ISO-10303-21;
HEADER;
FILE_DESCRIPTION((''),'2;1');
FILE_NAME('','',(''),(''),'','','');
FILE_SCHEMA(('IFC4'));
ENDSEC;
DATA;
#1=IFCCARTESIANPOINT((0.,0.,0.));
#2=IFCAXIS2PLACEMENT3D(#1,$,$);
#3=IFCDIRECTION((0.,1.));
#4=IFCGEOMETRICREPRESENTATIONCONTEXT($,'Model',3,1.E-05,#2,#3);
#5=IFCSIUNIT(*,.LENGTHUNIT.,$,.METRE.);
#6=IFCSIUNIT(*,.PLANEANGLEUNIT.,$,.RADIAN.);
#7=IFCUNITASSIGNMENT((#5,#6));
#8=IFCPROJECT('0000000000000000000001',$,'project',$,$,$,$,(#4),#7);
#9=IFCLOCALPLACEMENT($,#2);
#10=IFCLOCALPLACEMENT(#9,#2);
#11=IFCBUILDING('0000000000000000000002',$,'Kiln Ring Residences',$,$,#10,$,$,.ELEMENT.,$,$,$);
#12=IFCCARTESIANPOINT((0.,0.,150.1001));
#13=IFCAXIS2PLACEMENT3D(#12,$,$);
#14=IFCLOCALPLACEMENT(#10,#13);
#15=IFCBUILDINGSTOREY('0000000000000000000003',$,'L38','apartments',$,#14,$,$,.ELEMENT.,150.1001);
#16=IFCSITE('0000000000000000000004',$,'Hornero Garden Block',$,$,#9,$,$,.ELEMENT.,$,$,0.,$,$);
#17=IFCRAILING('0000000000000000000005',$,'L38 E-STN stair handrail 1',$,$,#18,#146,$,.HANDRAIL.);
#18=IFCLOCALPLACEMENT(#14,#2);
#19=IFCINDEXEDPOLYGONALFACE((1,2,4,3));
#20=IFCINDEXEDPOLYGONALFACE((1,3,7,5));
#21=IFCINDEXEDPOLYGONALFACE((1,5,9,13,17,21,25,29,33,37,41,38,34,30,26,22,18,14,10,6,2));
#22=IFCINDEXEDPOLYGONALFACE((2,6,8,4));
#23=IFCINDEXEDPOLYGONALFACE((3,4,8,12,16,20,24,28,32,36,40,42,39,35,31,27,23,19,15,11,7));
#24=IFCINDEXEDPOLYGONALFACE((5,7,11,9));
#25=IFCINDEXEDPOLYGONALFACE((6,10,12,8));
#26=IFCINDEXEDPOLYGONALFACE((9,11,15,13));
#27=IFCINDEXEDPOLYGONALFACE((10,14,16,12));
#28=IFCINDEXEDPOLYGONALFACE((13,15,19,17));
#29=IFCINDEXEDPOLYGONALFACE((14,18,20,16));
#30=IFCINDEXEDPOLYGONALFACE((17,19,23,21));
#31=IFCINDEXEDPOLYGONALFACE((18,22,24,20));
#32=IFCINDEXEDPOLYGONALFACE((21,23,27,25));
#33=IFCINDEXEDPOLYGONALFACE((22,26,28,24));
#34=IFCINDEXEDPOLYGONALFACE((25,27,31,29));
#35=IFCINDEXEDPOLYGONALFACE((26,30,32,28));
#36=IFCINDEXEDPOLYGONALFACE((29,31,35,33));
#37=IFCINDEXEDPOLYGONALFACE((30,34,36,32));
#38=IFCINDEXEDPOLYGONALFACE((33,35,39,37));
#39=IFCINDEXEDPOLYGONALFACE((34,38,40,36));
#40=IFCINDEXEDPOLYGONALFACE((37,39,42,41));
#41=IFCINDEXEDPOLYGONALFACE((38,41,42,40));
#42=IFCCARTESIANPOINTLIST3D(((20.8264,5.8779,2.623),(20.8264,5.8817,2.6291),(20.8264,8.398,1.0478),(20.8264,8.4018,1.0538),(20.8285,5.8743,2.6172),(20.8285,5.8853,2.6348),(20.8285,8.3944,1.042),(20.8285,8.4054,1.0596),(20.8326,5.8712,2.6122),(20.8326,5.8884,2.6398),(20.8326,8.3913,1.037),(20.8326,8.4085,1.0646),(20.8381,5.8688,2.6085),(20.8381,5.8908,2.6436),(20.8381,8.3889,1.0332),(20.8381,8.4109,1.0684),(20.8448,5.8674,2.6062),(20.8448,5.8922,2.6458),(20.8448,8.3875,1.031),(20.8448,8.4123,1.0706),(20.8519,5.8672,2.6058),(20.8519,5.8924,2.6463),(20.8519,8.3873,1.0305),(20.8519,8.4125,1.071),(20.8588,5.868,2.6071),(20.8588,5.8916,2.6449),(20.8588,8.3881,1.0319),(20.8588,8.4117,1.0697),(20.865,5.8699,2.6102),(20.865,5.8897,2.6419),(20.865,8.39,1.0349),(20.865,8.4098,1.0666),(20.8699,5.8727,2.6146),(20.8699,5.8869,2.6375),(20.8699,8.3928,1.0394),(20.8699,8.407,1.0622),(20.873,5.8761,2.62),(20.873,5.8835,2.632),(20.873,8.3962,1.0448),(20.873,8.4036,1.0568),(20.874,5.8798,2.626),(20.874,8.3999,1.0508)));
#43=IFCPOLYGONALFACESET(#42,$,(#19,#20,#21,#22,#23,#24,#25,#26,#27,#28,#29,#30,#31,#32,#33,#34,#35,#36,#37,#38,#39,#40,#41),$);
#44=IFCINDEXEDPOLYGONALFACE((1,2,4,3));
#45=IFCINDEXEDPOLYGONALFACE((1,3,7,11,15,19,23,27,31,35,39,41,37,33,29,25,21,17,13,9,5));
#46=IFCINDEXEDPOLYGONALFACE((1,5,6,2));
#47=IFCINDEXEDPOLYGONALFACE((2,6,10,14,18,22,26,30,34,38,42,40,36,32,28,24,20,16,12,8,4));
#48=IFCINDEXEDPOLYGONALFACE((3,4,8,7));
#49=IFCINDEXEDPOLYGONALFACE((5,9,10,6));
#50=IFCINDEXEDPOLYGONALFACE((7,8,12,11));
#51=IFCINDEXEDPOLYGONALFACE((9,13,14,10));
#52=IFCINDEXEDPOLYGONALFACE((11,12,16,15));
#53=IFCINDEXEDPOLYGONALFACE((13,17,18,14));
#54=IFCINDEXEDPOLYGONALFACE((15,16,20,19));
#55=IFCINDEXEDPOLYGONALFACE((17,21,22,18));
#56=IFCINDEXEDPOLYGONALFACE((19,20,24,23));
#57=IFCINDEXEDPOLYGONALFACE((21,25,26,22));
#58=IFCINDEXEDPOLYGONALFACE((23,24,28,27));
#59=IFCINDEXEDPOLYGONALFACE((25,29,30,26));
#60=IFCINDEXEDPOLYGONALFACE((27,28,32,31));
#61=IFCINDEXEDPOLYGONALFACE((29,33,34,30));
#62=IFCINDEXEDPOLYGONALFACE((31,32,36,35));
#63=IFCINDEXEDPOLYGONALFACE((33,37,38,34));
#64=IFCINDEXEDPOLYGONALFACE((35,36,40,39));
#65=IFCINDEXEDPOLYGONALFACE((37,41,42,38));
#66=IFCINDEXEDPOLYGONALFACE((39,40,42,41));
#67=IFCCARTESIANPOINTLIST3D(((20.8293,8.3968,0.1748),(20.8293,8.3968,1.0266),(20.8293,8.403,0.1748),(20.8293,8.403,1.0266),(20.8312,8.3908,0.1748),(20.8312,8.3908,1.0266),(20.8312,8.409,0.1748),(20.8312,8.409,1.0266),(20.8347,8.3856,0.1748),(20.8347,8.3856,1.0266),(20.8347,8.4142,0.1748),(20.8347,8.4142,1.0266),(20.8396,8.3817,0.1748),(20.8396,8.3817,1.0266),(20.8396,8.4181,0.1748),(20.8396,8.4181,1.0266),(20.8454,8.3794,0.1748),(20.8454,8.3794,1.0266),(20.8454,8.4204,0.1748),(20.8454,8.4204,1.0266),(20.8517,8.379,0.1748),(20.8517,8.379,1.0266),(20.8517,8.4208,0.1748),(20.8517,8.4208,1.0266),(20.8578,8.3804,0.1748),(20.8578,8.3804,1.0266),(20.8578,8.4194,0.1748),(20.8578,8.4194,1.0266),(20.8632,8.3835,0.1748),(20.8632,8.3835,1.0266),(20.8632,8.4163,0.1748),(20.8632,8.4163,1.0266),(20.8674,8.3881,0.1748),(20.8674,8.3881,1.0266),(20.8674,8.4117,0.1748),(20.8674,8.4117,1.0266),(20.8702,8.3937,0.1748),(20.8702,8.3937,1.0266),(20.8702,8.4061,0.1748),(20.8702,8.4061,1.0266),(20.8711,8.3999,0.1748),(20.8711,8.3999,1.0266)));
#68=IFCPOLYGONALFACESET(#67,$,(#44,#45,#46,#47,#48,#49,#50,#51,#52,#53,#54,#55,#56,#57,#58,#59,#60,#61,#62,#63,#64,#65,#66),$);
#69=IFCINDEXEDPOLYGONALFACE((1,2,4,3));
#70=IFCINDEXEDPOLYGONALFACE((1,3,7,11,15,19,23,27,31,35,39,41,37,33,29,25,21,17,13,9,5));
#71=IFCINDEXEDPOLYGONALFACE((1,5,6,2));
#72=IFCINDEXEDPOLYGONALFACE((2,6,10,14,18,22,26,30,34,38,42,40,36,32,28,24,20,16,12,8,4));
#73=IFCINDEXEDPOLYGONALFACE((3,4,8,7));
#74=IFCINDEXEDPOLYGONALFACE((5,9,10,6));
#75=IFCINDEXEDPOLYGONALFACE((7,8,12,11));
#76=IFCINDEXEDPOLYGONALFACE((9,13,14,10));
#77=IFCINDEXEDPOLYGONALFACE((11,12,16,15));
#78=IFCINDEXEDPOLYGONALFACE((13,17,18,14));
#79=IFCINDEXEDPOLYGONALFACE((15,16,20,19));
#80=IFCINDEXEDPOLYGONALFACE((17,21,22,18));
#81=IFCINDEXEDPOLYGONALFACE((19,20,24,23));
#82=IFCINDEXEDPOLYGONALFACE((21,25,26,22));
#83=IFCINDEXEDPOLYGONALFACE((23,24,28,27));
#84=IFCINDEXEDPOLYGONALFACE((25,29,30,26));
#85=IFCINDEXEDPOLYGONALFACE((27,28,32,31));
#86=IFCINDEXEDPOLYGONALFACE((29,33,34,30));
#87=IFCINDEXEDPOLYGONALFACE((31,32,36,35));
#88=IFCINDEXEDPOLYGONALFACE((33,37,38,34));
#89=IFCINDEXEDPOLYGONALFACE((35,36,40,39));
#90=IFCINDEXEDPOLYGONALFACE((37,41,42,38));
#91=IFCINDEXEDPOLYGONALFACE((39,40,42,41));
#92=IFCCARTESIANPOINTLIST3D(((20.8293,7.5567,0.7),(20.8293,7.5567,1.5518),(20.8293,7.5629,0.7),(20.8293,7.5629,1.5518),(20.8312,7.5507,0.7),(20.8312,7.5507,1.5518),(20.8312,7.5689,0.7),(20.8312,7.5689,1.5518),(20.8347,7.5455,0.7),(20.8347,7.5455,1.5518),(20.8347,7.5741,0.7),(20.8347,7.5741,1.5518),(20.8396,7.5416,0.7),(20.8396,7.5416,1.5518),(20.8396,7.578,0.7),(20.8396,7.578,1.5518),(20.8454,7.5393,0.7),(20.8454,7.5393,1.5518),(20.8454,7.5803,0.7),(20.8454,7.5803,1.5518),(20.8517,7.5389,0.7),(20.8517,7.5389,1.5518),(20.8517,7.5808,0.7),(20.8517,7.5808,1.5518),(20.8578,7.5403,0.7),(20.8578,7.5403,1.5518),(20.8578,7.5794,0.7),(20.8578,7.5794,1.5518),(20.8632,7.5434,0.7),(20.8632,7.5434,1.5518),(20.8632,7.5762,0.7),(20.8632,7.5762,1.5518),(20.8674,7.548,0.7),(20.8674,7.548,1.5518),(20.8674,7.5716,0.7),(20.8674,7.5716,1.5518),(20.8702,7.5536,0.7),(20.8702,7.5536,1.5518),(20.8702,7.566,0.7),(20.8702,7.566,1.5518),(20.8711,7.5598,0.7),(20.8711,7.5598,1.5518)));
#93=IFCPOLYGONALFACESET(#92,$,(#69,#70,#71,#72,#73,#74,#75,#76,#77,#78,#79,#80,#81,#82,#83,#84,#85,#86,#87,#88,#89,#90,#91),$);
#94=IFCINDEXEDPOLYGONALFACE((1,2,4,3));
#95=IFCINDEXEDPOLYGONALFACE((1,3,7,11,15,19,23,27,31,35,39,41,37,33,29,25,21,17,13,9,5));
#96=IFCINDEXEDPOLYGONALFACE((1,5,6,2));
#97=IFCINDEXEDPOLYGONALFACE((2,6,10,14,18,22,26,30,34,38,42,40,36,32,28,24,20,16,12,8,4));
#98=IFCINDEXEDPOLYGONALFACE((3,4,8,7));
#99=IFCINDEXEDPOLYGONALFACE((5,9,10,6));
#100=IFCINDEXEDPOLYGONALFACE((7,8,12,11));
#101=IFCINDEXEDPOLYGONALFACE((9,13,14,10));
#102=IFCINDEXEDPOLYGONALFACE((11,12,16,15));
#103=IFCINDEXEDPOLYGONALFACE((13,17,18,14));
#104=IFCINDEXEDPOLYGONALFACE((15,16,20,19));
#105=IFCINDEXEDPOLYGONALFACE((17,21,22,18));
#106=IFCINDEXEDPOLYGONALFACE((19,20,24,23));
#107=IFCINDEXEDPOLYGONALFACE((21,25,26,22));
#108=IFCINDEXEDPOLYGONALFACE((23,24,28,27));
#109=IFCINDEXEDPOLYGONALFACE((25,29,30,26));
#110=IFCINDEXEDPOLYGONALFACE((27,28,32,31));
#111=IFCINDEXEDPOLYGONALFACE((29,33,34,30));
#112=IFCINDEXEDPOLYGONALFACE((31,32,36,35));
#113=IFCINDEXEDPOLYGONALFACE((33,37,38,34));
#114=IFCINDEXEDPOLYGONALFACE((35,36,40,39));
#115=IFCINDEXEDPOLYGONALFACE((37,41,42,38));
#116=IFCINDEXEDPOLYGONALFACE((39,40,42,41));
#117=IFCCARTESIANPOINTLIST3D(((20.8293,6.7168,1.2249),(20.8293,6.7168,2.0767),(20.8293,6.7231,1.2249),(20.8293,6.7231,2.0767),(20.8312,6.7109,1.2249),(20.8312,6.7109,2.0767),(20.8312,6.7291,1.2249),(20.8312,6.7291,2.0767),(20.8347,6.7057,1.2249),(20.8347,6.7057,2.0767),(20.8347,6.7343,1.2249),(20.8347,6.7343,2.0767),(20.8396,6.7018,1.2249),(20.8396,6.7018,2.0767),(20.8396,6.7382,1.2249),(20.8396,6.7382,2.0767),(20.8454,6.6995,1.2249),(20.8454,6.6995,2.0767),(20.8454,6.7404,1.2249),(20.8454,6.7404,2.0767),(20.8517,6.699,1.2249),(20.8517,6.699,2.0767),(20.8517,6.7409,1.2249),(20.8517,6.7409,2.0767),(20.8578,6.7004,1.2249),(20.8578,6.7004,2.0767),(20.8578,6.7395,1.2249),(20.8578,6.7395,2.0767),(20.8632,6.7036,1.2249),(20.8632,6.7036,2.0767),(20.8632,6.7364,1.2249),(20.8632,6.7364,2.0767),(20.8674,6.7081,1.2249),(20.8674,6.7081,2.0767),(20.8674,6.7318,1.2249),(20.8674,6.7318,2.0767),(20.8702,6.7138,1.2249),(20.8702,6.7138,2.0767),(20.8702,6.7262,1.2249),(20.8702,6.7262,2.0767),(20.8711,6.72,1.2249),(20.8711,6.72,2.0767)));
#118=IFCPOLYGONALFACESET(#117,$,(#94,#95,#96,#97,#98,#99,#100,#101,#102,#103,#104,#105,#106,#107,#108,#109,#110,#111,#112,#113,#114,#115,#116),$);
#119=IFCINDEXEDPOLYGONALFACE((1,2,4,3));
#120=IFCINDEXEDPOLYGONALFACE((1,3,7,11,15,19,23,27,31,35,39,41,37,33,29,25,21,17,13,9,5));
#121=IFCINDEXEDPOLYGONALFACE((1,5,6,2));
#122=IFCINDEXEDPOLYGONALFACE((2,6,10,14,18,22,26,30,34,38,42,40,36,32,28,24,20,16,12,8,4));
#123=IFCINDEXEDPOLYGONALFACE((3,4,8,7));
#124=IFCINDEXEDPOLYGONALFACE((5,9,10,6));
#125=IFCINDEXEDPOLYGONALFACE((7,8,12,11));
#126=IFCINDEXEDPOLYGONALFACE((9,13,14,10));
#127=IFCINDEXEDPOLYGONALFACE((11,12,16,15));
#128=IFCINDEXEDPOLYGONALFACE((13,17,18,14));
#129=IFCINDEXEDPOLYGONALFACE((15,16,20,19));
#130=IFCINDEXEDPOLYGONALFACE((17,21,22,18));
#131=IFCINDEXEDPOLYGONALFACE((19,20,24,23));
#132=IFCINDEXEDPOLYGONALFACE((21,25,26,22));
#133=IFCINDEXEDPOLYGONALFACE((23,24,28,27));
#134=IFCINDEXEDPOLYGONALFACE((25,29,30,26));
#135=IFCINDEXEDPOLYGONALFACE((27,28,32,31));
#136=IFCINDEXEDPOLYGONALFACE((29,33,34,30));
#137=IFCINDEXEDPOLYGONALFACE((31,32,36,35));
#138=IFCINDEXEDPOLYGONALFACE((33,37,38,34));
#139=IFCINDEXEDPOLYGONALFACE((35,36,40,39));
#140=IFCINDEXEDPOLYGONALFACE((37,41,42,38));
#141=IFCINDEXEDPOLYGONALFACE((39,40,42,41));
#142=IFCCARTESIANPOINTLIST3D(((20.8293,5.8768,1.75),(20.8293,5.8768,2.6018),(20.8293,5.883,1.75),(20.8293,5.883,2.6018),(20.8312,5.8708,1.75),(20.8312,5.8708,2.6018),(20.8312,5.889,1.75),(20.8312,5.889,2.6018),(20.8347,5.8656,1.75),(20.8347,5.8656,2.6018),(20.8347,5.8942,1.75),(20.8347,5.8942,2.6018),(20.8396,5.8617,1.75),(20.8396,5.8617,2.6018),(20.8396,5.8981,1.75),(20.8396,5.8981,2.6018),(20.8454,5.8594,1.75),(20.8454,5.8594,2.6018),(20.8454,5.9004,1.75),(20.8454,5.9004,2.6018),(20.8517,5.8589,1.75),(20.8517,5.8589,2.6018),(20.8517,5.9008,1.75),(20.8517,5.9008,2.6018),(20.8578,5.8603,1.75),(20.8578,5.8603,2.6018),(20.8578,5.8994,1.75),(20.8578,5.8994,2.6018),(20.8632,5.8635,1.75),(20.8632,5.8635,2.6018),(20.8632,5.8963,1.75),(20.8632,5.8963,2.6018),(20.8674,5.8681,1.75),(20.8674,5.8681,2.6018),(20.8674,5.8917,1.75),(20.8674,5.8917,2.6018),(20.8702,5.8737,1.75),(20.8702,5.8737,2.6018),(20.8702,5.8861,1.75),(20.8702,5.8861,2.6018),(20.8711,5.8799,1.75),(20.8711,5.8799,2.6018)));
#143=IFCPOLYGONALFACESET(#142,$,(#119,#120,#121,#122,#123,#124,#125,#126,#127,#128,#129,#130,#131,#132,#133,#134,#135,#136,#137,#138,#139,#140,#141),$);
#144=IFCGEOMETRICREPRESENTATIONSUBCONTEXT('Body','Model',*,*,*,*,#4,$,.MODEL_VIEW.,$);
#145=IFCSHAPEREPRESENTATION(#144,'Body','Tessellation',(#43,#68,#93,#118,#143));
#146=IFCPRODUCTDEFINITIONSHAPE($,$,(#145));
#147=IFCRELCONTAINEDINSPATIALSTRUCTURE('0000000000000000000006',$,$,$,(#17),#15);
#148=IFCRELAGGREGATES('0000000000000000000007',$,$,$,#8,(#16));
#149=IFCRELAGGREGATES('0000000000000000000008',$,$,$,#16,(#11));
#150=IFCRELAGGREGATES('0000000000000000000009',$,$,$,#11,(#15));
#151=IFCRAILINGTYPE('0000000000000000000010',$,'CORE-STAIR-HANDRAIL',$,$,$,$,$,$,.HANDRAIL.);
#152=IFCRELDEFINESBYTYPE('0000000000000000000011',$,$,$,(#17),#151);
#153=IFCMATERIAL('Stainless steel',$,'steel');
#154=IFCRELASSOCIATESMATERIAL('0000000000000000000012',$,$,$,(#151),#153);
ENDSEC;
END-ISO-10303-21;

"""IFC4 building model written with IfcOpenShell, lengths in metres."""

from ifc_helpers import new_model, si_unit, direction, frame, origin, origin_2d, place, context, subcontext, project, spatial, circle, extrude, material, type_object, element, save


model = new_model("IFC4")

# Units and contexts
model_context = context("Model", 3, precision=1e-05, world=origin(), true_north=direction((0.0, 1.0)))
body_context = subcontext(model_context, "Body", "Model", "MODEL_VIEW")
ifc_project = project(units=[si_unit("LENGTHUNIT", "METRE"), si_unit("PLANEANGLEUNIT", "RADIAN")], contexts=[model_context])

# Site, building, storey
site_placement = place(None, origin())
site = spatial("IfcSite", under=ifc_project, at=site_placement, Name="Hornero Garden Block", CompositionType="ELEMENT", RefElevation=0.0)
building_placement = place(site_placement, origin())
building = spatial("IfcBuilding", under=site, at=building_placement, Name="Kiln Ring Residences", CompositionType="ELEMENT")
storey_placement = place(building_placement, frame((0.0, 0.0, 150.1001)))
storey = spatial("IfcBuildingStorey", under=building, at=storey_placement, Name="L38", Description="apartments", CompositionType="ELEMENT", Elevation=150.1001)

# Railing
ifc_material_1 = material(Name="Stainless steel", Category="steel")
railing_type_1 = type_object("IfcRailingType", Name="CORE-STAIR-HANDRAIL", PredefinedType="HANDRAIL", material=ifc_material_1)
railing_1_placement = place(storey_placement, frame((20.8501, 8.3999, 0.1748)))
element("IfcRailing", 1, at=railing_1_placement, inside=storey, type_object=railing_type_1, Name="L38 E-STN stair handrail 1", PredefinedType="HANDRAIL", context=body_context, shape_type="SweptSolid", body=[
    extrude(circle(Radius=0.0239, at=origin_2d()), frame((0.0, 0.0, 0.876), z_axis=(0.0, -0.847971, 0.530043), x_axis=(1.0, 0.0, 0.0)), (0.0, 0.0, 1.0), 2.9719),
    extrude(circle(Radius=0.021, at=origin_2d()), origin(), (0.0, 0.0, 1.0), 0.8518),
    extrude(circle(Radius=0.021, at=origin_2d()), frame((0.0, -0.8401, 0.5251)), (0.0, 0.0, 1.0), 0.8518),
    extrude(circle(Radius=0.021, at=origin_2d()), frame((0.0, -1.6799, 1.05)), (0.0, 0.0, 1.0), 0.8518),
    extrude(circle(Radius=0.021, at=origin_2d()), frame((0.0, -2.52, 1.5752)), (0.0, 0.0, 1.0), 0.8518),
])

save(model, "model.ifc")
